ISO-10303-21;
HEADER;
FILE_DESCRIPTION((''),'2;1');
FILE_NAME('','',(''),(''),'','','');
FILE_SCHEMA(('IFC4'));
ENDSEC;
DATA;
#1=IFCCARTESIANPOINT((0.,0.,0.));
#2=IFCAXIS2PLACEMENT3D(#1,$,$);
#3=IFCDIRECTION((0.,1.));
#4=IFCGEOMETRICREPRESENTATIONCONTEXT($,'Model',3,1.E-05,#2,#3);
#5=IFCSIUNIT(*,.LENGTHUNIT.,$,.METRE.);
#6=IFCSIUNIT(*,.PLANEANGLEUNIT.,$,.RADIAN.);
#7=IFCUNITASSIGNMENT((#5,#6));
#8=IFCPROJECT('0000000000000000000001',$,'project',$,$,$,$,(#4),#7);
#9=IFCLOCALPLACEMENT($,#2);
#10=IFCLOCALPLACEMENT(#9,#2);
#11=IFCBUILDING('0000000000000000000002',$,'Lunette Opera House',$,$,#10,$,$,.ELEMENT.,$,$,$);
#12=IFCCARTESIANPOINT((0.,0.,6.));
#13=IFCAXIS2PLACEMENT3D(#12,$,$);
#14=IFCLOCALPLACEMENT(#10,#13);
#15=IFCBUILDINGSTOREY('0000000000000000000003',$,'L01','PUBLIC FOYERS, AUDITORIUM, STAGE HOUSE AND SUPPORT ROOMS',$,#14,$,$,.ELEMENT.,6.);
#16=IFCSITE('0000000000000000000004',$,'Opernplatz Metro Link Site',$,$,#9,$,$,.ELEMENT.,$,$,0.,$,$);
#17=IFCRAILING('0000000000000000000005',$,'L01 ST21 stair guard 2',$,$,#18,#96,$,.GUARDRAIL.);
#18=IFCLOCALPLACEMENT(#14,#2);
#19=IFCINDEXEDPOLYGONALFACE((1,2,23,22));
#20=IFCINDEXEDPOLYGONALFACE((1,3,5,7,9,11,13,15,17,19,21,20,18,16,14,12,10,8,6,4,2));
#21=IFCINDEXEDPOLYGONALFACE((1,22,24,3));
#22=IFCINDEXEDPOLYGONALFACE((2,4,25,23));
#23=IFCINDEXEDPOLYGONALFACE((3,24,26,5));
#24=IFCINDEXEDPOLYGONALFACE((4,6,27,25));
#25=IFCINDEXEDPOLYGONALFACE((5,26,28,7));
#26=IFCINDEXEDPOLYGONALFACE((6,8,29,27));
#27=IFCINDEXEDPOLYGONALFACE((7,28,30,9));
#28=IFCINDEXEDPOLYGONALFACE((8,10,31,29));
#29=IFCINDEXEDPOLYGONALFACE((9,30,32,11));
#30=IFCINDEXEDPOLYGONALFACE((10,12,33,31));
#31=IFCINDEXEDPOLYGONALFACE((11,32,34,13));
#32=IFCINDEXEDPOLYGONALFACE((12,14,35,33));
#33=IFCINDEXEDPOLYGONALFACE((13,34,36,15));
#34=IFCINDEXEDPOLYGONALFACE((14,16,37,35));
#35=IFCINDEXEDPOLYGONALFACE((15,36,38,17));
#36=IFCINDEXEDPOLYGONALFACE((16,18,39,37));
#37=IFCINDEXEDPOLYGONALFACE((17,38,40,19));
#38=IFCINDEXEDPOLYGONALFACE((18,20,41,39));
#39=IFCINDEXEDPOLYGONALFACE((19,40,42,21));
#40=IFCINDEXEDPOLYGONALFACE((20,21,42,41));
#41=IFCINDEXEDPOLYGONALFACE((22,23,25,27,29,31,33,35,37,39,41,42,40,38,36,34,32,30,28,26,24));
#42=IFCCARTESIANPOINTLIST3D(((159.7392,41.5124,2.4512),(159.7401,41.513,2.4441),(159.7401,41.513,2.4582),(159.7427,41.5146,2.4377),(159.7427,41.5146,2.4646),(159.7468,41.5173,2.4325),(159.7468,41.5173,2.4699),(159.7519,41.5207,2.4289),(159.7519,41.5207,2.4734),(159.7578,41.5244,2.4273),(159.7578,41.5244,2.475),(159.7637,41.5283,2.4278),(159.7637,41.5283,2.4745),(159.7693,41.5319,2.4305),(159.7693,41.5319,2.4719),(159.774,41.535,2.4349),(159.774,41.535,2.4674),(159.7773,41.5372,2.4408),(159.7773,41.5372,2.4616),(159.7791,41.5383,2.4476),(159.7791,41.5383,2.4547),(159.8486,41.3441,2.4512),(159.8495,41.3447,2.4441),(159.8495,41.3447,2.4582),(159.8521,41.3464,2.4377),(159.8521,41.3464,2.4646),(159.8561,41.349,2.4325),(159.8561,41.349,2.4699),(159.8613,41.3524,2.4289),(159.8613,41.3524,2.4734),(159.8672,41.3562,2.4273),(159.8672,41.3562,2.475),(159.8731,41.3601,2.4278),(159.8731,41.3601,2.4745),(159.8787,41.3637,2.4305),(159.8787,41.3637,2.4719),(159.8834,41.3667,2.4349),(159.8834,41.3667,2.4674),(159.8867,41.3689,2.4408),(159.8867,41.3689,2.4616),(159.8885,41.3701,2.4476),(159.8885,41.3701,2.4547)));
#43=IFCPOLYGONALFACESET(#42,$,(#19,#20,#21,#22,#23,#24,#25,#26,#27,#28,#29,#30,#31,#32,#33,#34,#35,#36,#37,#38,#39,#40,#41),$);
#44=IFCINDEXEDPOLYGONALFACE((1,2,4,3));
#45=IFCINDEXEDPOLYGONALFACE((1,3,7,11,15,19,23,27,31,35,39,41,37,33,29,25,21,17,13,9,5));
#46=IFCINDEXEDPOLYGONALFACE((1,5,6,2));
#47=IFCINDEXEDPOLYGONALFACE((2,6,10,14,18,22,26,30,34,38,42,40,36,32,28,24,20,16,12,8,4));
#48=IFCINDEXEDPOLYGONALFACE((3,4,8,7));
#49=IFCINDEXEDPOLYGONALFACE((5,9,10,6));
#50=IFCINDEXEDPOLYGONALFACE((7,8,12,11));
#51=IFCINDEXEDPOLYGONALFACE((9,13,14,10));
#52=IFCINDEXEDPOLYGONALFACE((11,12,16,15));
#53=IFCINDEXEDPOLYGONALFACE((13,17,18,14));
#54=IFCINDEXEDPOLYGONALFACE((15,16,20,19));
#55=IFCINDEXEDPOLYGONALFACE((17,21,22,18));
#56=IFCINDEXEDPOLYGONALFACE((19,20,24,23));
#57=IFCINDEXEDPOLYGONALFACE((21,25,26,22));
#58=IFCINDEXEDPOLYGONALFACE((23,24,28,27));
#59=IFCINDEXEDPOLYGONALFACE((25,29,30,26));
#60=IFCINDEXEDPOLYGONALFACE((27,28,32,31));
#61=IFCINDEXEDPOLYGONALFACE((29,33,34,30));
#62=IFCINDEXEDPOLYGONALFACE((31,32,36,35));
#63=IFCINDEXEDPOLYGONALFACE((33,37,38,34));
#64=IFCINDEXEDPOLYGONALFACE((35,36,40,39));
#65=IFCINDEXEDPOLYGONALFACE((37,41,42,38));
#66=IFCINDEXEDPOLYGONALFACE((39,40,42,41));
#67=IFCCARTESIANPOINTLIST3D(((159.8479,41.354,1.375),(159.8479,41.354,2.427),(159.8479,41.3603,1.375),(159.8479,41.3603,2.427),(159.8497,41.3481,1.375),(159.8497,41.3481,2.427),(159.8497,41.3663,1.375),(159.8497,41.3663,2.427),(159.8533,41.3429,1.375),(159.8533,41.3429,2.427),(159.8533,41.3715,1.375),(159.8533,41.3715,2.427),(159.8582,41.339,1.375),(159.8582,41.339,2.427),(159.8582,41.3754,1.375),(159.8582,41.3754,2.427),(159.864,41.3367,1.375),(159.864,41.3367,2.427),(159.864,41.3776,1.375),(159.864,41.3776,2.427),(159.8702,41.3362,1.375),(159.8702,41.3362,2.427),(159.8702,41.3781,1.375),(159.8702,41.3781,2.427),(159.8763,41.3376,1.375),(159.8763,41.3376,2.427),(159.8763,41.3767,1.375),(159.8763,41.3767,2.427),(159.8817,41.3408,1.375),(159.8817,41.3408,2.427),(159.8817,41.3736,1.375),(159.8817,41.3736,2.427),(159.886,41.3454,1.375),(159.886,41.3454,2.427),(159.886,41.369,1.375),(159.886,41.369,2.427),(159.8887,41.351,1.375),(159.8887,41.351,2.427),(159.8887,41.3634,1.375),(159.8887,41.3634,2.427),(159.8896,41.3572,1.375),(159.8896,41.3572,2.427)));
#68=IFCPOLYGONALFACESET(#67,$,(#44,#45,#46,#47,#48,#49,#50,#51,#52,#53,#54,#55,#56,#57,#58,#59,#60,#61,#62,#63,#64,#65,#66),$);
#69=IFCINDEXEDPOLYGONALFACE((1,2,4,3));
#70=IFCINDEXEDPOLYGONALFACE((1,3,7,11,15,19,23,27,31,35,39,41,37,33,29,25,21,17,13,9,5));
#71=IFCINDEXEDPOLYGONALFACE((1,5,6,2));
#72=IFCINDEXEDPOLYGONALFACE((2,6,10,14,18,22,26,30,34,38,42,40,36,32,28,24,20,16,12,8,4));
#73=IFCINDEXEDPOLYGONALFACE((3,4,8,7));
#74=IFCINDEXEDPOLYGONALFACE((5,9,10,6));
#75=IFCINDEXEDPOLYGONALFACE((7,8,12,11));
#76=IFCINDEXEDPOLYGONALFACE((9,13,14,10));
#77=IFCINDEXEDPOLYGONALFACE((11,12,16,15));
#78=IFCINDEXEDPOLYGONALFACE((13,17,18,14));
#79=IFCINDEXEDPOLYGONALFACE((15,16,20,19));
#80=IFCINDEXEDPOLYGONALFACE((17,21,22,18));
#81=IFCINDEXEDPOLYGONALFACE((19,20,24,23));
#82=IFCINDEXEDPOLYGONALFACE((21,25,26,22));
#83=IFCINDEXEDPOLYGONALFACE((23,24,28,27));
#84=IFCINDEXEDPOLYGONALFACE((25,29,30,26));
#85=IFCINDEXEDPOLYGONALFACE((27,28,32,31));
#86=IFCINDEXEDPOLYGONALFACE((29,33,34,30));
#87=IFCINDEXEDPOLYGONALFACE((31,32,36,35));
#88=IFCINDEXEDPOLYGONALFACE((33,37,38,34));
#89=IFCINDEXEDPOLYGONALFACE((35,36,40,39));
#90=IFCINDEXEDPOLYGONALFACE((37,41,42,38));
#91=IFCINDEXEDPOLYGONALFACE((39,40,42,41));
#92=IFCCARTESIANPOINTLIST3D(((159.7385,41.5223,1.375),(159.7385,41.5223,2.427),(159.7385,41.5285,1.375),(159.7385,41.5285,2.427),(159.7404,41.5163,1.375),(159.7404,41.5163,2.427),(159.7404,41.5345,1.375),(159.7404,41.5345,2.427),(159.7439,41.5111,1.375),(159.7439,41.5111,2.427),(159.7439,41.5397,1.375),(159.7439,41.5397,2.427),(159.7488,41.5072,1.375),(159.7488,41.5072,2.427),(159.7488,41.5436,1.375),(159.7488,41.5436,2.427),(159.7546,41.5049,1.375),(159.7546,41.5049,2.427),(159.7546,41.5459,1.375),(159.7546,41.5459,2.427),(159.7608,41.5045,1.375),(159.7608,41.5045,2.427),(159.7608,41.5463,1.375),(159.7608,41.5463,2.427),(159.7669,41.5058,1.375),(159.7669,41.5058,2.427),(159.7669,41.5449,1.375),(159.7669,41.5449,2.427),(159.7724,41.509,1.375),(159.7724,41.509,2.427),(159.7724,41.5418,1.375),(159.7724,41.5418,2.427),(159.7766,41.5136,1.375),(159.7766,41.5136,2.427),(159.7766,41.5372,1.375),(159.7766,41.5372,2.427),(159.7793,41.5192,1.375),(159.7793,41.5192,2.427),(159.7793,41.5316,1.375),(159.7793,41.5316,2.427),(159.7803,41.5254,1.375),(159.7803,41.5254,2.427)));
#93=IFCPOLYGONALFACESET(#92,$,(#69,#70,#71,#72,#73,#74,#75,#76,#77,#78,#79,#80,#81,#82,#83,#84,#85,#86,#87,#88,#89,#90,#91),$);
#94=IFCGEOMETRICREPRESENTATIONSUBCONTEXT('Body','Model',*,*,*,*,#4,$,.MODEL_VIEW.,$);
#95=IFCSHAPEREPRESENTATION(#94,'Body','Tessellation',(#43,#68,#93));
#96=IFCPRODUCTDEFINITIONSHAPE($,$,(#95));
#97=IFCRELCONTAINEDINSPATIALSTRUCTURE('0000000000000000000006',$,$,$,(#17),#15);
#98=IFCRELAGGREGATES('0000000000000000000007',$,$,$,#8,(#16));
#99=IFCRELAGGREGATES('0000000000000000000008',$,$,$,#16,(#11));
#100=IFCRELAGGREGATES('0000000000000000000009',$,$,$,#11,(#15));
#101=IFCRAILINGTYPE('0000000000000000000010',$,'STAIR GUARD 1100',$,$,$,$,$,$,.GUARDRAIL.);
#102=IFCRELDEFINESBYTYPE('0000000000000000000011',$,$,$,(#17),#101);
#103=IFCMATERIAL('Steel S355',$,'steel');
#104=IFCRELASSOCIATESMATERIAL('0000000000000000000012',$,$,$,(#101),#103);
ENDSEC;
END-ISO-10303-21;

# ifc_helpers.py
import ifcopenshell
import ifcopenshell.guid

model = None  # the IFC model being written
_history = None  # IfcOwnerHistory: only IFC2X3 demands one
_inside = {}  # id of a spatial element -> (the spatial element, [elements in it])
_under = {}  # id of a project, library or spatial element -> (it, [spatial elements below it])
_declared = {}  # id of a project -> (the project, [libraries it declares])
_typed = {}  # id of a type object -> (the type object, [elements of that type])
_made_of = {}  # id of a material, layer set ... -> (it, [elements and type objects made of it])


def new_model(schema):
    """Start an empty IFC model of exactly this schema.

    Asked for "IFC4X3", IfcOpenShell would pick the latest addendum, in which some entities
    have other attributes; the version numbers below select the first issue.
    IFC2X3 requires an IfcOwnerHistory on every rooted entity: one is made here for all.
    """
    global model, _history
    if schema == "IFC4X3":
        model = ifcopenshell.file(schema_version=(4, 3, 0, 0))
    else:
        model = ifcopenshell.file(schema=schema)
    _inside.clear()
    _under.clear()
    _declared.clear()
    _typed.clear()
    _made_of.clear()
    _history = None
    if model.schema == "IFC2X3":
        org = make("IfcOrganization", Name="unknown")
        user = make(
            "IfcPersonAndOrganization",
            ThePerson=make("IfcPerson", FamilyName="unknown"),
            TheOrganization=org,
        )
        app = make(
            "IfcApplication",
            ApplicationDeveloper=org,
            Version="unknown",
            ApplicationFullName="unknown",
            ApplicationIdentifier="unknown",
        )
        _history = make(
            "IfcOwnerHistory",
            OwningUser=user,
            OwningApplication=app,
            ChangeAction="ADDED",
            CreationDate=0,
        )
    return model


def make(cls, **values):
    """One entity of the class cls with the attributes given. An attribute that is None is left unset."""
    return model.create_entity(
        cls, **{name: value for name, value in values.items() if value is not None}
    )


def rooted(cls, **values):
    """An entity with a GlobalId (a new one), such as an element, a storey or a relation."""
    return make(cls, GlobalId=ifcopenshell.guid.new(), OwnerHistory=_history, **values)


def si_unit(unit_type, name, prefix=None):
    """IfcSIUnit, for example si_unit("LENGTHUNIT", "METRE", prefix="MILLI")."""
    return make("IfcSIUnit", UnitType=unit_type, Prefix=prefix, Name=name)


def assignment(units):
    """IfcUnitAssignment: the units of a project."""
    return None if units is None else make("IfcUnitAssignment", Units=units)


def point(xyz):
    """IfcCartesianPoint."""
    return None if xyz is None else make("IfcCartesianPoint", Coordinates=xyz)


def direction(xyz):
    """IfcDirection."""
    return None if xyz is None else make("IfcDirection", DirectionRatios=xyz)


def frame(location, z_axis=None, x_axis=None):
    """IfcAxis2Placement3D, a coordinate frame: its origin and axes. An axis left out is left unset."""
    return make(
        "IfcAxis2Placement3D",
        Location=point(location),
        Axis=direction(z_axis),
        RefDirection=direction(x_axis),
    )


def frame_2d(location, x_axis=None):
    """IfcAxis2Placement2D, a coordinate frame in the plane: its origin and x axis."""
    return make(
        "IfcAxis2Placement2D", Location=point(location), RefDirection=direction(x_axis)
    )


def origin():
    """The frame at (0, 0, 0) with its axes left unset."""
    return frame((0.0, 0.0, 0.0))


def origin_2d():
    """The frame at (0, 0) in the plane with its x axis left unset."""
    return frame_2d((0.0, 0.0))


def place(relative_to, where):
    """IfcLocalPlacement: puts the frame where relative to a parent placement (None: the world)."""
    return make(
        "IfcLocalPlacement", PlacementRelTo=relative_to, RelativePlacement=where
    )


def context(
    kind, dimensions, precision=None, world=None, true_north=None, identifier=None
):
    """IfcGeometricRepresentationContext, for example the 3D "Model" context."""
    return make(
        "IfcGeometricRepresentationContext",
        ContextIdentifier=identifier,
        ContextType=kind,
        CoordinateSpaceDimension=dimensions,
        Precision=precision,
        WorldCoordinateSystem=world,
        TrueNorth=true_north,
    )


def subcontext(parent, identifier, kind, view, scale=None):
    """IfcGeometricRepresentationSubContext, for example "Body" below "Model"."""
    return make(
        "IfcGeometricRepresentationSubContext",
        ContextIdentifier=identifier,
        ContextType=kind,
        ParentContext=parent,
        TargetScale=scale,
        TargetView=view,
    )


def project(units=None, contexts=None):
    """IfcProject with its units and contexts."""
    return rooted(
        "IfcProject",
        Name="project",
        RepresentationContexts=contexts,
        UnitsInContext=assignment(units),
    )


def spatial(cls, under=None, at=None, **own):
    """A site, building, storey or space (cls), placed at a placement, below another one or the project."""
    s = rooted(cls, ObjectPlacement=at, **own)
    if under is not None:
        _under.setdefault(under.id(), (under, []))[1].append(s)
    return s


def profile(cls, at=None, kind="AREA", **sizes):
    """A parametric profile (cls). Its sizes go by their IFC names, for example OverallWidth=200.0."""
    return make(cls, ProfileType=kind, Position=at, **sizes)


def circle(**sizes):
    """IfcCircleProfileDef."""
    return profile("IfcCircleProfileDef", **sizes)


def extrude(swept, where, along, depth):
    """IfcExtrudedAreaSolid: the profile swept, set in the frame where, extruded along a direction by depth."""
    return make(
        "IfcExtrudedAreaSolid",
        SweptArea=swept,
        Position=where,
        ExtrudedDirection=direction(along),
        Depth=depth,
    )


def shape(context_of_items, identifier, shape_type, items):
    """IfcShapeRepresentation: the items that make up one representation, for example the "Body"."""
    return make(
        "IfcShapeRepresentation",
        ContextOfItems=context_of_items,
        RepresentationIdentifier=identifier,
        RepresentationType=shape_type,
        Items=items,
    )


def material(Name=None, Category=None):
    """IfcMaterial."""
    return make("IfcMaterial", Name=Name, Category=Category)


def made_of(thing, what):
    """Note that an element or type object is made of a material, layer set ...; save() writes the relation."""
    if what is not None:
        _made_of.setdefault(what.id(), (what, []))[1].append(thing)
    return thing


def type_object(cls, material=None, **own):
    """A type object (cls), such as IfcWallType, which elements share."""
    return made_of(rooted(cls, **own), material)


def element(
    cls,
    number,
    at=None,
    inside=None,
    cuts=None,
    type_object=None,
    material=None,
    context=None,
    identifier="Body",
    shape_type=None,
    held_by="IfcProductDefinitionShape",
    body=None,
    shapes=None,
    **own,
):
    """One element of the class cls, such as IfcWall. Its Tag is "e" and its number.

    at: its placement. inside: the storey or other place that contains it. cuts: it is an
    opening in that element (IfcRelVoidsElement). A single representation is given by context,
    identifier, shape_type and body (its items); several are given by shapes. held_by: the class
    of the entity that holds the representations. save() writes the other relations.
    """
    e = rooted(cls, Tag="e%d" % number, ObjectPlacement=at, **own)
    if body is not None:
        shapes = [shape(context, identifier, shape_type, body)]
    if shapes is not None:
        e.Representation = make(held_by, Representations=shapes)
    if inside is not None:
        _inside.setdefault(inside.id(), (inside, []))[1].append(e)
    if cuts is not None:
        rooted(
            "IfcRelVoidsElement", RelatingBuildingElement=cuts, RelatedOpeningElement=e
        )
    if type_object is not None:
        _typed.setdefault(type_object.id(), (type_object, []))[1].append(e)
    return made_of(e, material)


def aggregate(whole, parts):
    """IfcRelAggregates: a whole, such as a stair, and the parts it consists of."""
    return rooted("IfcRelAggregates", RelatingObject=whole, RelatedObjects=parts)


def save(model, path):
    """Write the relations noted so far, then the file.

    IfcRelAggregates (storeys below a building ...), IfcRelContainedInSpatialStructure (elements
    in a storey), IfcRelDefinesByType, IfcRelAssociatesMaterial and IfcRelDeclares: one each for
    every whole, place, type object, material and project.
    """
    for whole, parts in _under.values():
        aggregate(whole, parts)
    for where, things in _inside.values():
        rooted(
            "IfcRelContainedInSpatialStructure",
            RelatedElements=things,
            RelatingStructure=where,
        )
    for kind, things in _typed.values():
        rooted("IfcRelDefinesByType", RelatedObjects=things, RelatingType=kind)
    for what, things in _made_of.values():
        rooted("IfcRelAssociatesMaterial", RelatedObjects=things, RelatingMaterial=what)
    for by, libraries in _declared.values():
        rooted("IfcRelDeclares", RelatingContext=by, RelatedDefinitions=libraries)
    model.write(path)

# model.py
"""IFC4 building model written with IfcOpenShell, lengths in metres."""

from ifc_helpers import new_model, si_unit, direction, frame, origin, origin_2d, place, context, subcontext, project, spatial, circle, extrude, material, type_object, element, save


model = new_model("IFC4")

# Units and contexts
model_context = context("Model", 3, precision=1e-05, world=origin(), true_north=direction((0.0, 1.0)))
body_context = subcontext(model_context, "Body", "Model", "MODEL_VIEW")
ifc_project = project(units=[si_unit("LENGTHUNIT", "METRE"), si_unit("PLANEANGLEUNIT", "RADIAN")], contexts=[model_context])

# Site, building, storey
site_placement = place(None, origin())
site = spatial("IfcSite", under=ifc_project, at=site_placement, Name="Opernplatz Metro Link Site", CompositionType="ELEMENT", RefElevation=0.0)
building_placement = place(site_placement, origin())
building = spatial("IfcBuilding", under=site, at=building_placement, Name="Lunette Opera House", CompositionType="ELEMENT")
storey_placement = place(building_placement, frame((0.0, 0.0, 6.0)))
storey = spatial("IfcBuildingStorey", under=building, at=storey_placement, Name="L01", Description="PUBLIC FOYERS, AUDITORIUM, STAGE HOUSE AND SUPPORT ROOMS", CompositionType="ELEMENT", Elevation=6.0)

# Railing
ifc_material_1 = material(Name="Steel S355", Category="steel")
railing_type_1 = type_object("IfcRailingType", Name="STAIR GUARD 1100", PredefinedType="GUARDRAIL", material=ifc_material_1)
railing_1_placement = place(storey_placement, frame((159.8687, 41.3572, 1.375)))
element("IfcRailing", 1, at=railing_1_placement, inside=storey, type_object=railing_type_1, Name="L01 ST21 stair guard 2", PredefinedType="GUARDRAIL", context=body_context, shape_type="SweptSolid", body=[
    extrude(circle(Radius=0.0239, at=origin_2d()), frame((0.0, 0.0, 1.0762), z_axis=(-0.545117, 0.83836, 0.0), x_axis=(-0.83836, -0.545117, 0.0)), (0.0, 0.0, 1.0), 0.2007),
    extrude(circle(Radius=0.021, at=origin_2d()), origin(), (0.0, 0.0, 1.0), 1.052),
    extrude(circle(Radius=0.021, at=origin_2d()), frame((-0.1094, 0.1682, 0.0)), (0.0, 0.0, 1.0), 1.052),
])

save(model, "model.ifc")
